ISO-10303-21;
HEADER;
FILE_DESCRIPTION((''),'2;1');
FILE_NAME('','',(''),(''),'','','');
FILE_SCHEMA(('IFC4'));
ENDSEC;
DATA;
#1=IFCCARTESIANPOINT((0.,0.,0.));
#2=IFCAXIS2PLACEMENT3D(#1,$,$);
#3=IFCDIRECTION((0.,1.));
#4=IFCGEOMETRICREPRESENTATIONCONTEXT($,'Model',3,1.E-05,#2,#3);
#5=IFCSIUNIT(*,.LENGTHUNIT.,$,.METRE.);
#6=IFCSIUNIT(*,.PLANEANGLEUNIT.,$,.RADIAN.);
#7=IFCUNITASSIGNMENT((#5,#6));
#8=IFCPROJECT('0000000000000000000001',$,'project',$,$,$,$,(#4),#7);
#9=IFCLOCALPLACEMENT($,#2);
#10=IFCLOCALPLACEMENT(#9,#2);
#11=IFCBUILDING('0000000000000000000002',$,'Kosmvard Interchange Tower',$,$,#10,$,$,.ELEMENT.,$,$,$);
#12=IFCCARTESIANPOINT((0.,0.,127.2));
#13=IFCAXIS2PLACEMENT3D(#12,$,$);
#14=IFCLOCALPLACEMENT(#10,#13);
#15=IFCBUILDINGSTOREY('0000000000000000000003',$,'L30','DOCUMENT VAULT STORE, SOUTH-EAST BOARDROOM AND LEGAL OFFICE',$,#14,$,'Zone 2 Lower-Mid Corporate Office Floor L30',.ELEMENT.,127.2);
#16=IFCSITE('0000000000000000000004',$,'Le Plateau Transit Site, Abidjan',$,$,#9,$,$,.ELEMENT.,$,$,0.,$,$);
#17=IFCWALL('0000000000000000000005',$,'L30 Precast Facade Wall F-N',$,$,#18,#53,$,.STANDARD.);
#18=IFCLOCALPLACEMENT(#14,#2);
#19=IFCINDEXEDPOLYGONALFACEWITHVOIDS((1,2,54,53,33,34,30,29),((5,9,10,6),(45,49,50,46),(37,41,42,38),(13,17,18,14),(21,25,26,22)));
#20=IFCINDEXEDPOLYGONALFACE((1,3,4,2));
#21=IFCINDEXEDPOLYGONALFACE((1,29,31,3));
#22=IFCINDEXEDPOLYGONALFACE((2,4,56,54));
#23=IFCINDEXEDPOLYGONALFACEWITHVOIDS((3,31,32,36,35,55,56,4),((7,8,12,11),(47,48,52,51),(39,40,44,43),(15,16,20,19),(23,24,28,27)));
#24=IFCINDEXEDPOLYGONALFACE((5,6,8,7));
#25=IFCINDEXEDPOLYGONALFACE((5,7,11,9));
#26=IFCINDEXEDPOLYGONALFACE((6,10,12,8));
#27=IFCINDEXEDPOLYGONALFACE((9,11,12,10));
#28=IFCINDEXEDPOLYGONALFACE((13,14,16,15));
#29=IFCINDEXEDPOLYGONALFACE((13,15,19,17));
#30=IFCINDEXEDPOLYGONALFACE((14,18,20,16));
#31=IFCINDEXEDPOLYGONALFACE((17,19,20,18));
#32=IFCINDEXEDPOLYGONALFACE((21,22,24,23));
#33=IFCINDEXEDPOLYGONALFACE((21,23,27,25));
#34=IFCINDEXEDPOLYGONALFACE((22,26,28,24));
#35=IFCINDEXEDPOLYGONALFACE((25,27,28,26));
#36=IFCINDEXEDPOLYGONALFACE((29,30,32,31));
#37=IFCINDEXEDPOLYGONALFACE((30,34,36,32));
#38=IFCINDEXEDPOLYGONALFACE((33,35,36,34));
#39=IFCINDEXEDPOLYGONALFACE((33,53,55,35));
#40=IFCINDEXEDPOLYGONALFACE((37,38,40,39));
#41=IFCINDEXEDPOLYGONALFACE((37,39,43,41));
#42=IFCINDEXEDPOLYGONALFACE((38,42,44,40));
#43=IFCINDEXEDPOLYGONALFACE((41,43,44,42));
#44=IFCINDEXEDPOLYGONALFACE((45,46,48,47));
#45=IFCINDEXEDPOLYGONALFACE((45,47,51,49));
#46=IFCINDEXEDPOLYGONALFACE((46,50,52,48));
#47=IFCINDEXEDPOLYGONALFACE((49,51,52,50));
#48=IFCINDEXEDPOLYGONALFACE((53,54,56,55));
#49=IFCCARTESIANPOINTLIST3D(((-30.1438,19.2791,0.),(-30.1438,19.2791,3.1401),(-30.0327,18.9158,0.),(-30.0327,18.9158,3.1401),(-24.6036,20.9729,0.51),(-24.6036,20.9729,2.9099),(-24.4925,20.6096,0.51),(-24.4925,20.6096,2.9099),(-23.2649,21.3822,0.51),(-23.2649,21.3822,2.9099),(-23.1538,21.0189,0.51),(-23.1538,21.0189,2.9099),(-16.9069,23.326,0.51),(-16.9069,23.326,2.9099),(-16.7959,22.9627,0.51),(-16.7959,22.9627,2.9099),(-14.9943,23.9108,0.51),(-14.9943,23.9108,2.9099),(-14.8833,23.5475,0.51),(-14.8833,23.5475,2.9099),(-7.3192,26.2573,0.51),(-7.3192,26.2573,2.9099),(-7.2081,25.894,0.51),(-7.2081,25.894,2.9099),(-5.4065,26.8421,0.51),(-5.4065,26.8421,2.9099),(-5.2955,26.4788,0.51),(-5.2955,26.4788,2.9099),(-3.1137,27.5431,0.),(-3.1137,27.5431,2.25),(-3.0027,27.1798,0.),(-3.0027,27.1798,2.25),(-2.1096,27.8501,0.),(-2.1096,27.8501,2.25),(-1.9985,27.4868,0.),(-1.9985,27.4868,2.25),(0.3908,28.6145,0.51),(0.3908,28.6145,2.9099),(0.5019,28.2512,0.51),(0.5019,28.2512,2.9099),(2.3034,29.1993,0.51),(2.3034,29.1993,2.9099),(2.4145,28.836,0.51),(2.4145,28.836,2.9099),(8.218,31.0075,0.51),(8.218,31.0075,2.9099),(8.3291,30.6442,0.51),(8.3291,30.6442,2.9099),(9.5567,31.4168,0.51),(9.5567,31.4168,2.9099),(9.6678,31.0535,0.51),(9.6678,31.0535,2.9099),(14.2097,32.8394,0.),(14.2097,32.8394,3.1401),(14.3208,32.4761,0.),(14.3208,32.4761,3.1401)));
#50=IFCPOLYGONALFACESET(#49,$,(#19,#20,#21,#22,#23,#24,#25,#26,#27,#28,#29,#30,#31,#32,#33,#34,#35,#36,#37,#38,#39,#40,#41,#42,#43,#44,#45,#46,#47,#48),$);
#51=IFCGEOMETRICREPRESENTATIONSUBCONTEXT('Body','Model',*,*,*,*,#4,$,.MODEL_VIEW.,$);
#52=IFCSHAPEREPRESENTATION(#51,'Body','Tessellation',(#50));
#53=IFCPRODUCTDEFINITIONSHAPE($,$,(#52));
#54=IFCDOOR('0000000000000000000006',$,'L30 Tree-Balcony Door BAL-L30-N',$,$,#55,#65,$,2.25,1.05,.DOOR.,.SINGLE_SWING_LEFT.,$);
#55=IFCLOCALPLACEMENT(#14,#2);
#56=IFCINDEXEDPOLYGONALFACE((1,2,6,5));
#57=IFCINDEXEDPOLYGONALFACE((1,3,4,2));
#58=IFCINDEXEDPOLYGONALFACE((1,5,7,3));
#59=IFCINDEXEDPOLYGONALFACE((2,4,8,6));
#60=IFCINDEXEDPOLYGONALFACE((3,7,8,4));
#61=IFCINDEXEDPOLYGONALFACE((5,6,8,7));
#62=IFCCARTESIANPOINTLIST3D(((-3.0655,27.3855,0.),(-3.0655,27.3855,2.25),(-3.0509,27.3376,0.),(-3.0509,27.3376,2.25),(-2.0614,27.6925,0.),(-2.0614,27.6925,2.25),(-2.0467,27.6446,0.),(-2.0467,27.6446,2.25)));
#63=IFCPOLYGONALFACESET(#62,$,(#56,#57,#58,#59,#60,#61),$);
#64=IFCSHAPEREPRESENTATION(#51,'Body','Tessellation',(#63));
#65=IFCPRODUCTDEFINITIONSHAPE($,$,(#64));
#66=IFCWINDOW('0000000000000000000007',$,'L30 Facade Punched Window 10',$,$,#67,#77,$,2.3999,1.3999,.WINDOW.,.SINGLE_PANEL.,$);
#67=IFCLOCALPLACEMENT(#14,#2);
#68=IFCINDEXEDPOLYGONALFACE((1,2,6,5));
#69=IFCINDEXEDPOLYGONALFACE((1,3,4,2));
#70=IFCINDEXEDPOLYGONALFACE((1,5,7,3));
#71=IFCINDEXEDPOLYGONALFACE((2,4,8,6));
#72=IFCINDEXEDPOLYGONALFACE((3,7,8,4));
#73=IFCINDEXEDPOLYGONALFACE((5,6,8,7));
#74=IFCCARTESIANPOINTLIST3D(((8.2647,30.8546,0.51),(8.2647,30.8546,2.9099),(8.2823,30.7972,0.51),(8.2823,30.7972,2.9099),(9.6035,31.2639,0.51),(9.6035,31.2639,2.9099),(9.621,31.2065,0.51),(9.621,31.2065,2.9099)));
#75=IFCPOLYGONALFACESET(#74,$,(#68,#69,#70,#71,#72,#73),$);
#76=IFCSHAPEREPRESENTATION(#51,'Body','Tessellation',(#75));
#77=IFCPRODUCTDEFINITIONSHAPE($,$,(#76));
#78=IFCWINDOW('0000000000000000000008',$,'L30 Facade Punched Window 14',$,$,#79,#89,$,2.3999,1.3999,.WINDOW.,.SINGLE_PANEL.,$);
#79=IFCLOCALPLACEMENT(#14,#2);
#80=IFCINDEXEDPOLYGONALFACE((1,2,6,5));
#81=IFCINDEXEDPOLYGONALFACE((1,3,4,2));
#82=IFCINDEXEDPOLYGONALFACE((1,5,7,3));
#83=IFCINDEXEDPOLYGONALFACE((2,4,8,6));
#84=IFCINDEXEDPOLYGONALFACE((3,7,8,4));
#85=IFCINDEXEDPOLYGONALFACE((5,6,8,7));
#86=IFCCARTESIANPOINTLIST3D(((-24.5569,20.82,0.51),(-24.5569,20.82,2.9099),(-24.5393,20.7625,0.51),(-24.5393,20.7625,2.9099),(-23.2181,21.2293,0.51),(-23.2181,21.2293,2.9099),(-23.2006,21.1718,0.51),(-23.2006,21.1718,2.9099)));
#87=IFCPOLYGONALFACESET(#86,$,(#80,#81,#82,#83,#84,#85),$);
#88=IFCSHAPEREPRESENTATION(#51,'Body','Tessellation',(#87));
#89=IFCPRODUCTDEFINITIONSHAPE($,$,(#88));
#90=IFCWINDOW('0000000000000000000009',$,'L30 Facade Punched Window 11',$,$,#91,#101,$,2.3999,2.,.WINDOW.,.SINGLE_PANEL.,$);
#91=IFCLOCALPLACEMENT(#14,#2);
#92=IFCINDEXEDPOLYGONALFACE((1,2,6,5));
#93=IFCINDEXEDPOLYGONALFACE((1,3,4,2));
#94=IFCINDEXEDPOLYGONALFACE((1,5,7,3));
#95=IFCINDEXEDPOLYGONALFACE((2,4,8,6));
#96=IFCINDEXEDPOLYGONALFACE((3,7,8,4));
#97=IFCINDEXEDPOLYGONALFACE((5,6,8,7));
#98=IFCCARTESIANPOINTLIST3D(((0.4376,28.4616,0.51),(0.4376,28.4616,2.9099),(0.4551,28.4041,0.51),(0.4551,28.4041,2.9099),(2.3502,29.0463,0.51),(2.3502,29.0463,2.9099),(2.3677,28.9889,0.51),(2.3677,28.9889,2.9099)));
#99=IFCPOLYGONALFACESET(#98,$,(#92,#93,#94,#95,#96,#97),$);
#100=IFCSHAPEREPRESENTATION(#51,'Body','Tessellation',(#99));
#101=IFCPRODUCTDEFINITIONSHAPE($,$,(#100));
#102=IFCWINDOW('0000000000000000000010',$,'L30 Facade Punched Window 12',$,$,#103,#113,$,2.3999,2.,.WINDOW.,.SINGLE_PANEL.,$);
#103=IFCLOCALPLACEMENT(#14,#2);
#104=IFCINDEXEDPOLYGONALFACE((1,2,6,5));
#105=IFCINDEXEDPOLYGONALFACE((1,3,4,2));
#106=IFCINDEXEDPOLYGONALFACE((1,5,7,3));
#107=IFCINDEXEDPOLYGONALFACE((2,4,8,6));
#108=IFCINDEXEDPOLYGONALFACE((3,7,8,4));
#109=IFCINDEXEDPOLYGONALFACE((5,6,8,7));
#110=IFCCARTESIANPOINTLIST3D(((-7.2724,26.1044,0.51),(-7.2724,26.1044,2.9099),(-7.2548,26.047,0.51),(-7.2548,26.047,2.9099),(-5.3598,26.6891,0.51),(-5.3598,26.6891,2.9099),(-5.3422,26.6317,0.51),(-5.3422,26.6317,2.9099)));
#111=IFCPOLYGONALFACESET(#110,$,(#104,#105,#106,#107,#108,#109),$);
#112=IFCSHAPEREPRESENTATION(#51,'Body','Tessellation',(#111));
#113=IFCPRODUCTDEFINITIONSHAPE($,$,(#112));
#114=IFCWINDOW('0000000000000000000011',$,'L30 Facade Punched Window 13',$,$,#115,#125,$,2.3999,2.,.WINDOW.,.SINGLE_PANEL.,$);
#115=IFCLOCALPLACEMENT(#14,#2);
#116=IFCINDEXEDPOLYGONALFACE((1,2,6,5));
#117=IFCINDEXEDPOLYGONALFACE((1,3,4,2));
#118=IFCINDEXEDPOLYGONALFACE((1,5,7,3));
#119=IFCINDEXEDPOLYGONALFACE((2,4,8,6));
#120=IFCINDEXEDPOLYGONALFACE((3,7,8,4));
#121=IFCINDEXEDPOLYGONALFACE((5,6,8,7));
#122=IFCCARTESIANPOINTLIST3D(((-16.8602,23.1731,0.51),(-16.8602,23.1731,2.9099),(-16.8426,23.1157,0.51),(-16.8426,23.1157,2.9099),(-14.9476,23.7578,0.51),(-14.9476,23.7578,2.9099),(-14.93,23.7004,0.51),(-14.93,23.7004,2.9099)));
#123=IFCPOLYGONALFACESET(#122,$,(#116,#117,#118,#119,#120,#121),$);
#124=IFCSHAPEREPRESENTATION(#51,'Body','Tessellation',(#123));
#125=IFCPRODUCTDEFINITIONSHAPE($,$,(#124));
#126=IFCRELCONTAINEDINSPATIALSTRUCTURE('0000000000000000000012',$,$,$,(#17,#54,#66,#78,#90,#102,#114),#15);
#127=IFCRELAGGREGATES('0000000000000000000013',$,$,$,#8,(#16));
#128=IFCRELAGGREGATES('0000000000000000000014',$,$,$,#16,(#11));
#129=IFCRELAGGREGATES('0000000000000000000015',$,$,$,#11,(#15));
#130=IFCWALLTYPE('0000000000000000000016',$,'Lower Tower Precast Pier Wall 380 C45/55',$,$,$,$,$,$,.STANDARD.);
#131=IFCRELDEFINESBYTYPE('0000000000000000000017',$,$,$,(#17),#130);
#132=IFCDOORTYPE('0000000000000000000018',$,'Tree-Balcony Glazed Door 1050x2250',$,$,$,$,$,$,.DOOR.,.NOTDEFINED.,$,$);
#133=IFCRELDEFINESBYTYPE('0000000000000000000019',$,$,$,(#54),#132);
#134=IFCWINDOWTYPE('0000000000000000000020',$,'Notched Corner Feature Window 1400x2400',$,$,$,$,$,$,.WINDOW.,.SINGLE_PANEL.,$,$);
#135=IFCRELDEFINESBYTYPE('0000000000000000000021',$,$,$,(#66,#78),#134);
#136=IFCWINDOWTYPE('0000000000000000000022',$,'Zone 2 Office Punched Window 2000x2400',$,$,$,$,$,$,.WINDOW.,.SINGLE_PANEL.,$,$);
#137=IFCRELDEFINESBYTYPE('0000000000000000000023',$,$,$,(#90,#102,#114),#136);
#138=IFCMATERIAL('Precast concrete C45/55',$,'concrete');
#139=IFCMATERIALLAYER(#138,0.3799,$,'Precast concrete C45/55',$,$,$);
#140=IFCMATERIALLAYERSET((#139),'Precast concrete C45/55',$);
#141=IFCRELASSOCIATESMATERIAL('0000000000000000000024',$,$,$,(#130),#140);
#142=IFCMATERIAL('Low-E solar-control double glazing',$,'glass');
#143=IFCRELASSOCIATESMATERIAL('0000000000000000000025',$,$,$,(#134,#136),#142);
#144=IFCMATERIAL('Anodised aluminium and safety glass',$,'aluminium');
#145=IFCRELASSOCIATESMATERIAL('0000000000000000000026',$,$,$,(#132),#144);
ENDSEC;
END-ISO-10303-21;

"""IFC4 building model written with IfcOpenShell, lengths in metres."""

from ifc_helpers import new_model, si_unit, direction, frame, frame_2d, origin, place, context, subcontext, project, spatial, rectangle, extrude, source, transform, mapped, material, layer, layer_set, type_object, element, fill, save


model = new_model("IFC4")

# Units and contexts
model_context = context("Model", 3, precision=1e-05, world=origin(), true_north=direction((0.0, 1.0)))
body_context = subcontext(model_context, "Body", "Model", "MODEL_VIEW")
ifc_project = project(units=[si_unit("LENGTHUNIT", "METRE"), si_unit("PLANEANGLEUNIT", "RADIAN")], contexts=[model_context])

# Site, building, storey
site_placement = place(None, origin())
site = spatial("IfcSite", under=ifc_project, at=site_placement, Name="Le Plateau Transit Site, Abidjan", CompositionType="ELEMENT", RefElevation=0.0)
building_placement = place(site_placement, origin())
building = spatial("IfcBuilding", under=site, at=building_placement, Name="Kosmvard Interchange Tower", CompositionType="ELEMENT")
storey_placement = place(building_placement, frame((0.0, 0.0, 127.2)))
storey = spatial("IfcBuildingStorey", under=building, at=storey_placement, Name="L30", Description="DOCUMENT VAULT STORE, SOUTH-EAST BOARDROOM AND LEGAL OFFICE", LongName="Zone 2 Lower-Mid Corporate Office Floor L30", CompositionType="ELEMENT", Elevation=127.2)

# Shared definitions
ifc_material_1 = material(Name="Precast concrete C45/55", Category="concrete")

# Shared definitions
ifc_layer_1 = layer(ifc_material_1, 0.3799, Name="Precast concrete C45/55")
ifc_layer_set_1 = layer_set([ifc_layer_1], Name="Precast concrete C45/55")
wall_type_1 = type_object("IfcWallType", Name="Lower Tower Precast Pier Wall 380 C45/55", PredefinedType="STANDARD", material=ifc_layer_set_1)

# Shared definitions
ifc_material_2 = material(Name="Low-E solar-control double glazing", Category="glass")
window_type_1 = type_object("IfcWindowType", Name="Notched Corner Feature Window 1400x2400", PartitioningType="SINGLE_PANEL", PredefinedType="WINDOW", material=ifc_material_2)
shared_shape_1 = source(origin(), body_context, "Body", "SweptSolid", [
    extrude(rectangle(XDim=1.3999, YDim=2.3999, at=frame_2d((0.7, 1.2))), frame((0.0, 0.03, 0.0), z_axis=(0.0, -1.0, 0.0), x_axis=(1.0, 0.0, 0.0)), (0.0, 0.0, 1.0), 0.0601),
])

# Wall, openings, door, windows
wall_1_placement = place(storey_placement, frame((14.2651, 32.6577, 0.0), z_axis=(0.0, 0.0, 1.0), x_axis=(-0.956304, -0.292373, 0.0)))
wall_1 = element("IfcWall", 1, at=wall_1_placement, inside=storey, type_object=wall_type_1, Name="L30 Precast Facade Wall F-N", PredefinedType="STANDARD", context=body_context, shape_type="SweptSolid", body=[
    extrude(rectangle(XDim=46.3801, YDim=0.3799, at=frame_2d((23.1899, 0.0))), origin(), (0.0, 0.0, 1.0), 3.1401),
])
opening_1_placement = place(wall_1_placement, frame((17.0649, 0.0, 0.0)))
opening_1 = element("IfcOpeningElement", 2, at=opening_1_placement, cuts=wall_1, PredefinedType="OPENING", context=body_context, shape_type="SweptSolid", body=[
    extrude(rectangle(XDim=1.05, YDim=2.25, at=frame_2d((0.5249, 1.125))), frame((0.0, 0.2, 0.0), z_axis=(0.0, -1.0, 0.0), x_axis=(1.0, 0.0, 0.0)), (0.0, 0.0, 1.0), 0.3999),
])
opening_2_placement = place(wall_1_placement, frame((4.8655, 0.0, 0.51)))
opening_2 = element("IfcOpeningElement", 3, at=opening_2_placement, cuts=wall_1, PredefinedType="OPENING", context=body_context, shape_type="SweptSolid", body=[
    extrude(rectangle(XDim=1.3999, YDim=2.3999, at=frame_2d((0.7, 1.2))), frame((0.0, 0.2, 0.0), z_axis=(0.0, -1.0, 0.0), x_axis=(1.0, 0.0, 0.0)), (0.0, 0.0, 1.0), 0.3999),
])
opening_3_placement = place(wall_1_placement, frame((12.4502, 0.0, 0.51)))
opening_3 = element("IfcOpeningElement", 4, at=opening_3_placement, cuts=wall_1, PredefinedType="OPENING", context=body_context, shape_type="SweptSolid", body=[
    extrude(rectangle(XDim=2.0, YDim=2.3999, at=frame_2d((1.0, 1.2))), frame((0.0, 0.2, 0.0), z_axis=(0.0, -1.0, 0.0), x_axis=(1.0, 0.0, 0.0)), (0.0, 0.0, 1.0), 0.3999),
])
opening_4_placement = place(wall_1_placement, frame((20.5125, 0.0, 0.51)))
opening_4 = element("IfcOpeningElement", 5, at=opening_4_placement, cuts=wall_1, PredefinedType="OPENING", context=body_context, shape_type="SweptSolid", body=[
    extrude(rectangle(XDim=2.0, YDim=2.3999, at=frame_2d((1.0, 1.2))), frame((0.0, 0.2, 0.0), z_axis=(0.0, -1.0, 0.0), x_axis=(1.0, 0.0, 0.0)), (0.0, 0.0, 1.0), 0.3999),
])
opening_5_placement = place(wall_1_placement, frame((30.5383, 0.0, 0.51)))
opening_5 = element("IfcOpeningElement", 6, at=opening_5_placement, cuts=wall_1, PredefinedType="OPENING", context=body_context, shape_type="SweptSolid", body=[
    extrude(rectangle(XDim=2.0, YDim=2.3999, at=frame_2d((1.0, 1.2))), frame((0.0, 0.2, 0.0), z_axis=(0.0, -1.0, 0.0), x_axis=(1.0, 0.0, 0.0)), (0.0, 0.0, 1.0), 0.3999),
])
opening_6_placement = place(wall_1_placement, frame((39.1868, 0.0, 0.51)))
opening_6 = element("IfcOpeningElement", 7, at=opening_6_placement, cuts=wall_1, PredefinedType="OPENING", context=body_context, shape_type="SweptSolid", body=[
    extrude(rectangle(XDim=1.3999, YDim=2.3999, at=frame_2d((0.7, 1.2))), frame((0.0, 0.2, 0.0), z_axis=(0.0, -1.0, 0.0), x_axis=(1.0, 0.0, 0.0)), (0.0, 0.0, 1.0), 0.3999),
])
ifc_material_3 = material(Name="Anodised aluminium and safety glass", Category="aluminium")
door_type = type_object("IfcDoorType", Name="Tree-Balcony Glazed Door 1050x2250", OperationType="NOTDEFINED", PredefinedType="DOOR", material=ifc_material_3)
shared_shape_2 = source(origin(), body_context, "Body", "SweptSolid", [
    extrude(rectangle(XDim=1.05, YDim=2.25, at=frame_2d((0.5249, 1.125))), frame((0.0, 0.0249, 0.0), z_axis=(0.0, -1.0, 0.0), x_axis=(1.0, 0.0, 0.0)), (0.0, 0.0, 1.0), 0.05),
])
door_placement = place(opening_1_placement, origin())
door = element("IfcDoor", 8, at=door_placement, inside=storey, type_object=door_type, Name="L30 Tree-Balcony Door BAL-L30-N", OperationType="SINGLE_SWING_LEFT", OverallHeight=2.25, OverallWidth=1.05, PredefinedType="DOOR", context=body_context, shape_type="MappedRepresentation", body=[
    mapped(shared_shape_2, transform((0.0, 0.0, 0.0), scale=1.0)),
])
fill(opening_1, door)
window_1_placement = place(opening_2_placement, origin())
window_1 = element("IfcWindow", 9, at=window_1_placement, inside=storey, type_object=window_type_1, Name="L30 Facade Punched Window 10", OverallHeight=2.3999, OverallWidth=1.3999, PartitioningType="SINGLE_PANEL", PredefinedType="WINDOW", context=body_context, shape_type="MappedRepresentation", body=[
    mapped(shared_shape_1, transform((0.0, 0.0, 0.0), scale=1.0)),
])
fill(opening_2, window_1)
window_2_placement = place(opening_6_placement, origin())
window_2 = element("IfcWindow", 10, at=window_2_placement, inside=storey, type_object=window_type_1, Name="L30 Facade Punched Window 14", OverallHeight=2.3999, OverallWidth=1.3999, PartitioningType="SINGLE_PANEL", PredefinedType="WINDOW", context=body_context, shape_type="MappedRepresentation", body=[
    mapped(shared_shape_1, transform((0.0, 0.0, 0.0), scale=1.0)),
])
fill(opening_6, window_2)
window_type_2 = type_object("IfcWindowType", Name="Zone 2 Office Punched Window 2000x2400", PartitioningType="SINGLE_PANEL", PredefinedType="WINDOW", material=ifc_material_2)
shared_shape_3 = source(origin(), body_context, "Body", "SweptSolid", [
    extrude(rectangle(XDim=2.0, YDim=2.3999, at=frame_2d((1.0, 1.2))), frame((0.0, 0.03, 0.0), z_axis=(0.0, -1.0, 0.0), x_axis=(1.0, 0.0, 0.0)), (0.0, 0.0, 1.0), 0.0601),
])
window_3_placement = place(opening_3_placement, origin())
window_3 = element("IfcWindow", 11, at=window_3_placement, inside=storey, type_object=window_type_2, Name="L30 Facade Punched Window 11", OverallHeight=2.3999, OverallWidth=2.0, PartitioningType="SINGLE_PANEL", PredefinedType="WINDOW", context=body_context, shape_type="MappedRepresentation", body=[
    mapped(shared_shape_3, transform((0.0, 0.0, 0.0), scale=1.0)),
])
fill(opening_3, window_3)
window_4_placement = place(opening_4_placement, origin())
window_4 = element("IfcWindow", 12, at=window_4_placement, inside=storey, type_object=window_type_2, Name="L30 Facade Punched Window 12", OverallHeight=2.3999, OverallWidth=2.0, PartitioningType="SINGLE_PANEL", PredefinedType="WINDOW", context=body_context, shape_type="MappedRepresentation", body=[
    mapped(shared_shape_3, transform((0.0, 0.0, 0.0), scale=1.0)),
])
fill(opening_4, window_4)
window_5_placement = place(opening_5_placement, origin())
window_5 = element("IfcWindow", 13, at=window_5_placement, inside=storey, type_object=window_type_2, Name="L30 Facade Punched Window 13", OverallHeight=2.3999, OverallWidth=2.0, PartitioningType="SINGLE_PANEL", PredefinedType="WINDOW", context=body_context, shape_type="MappedRepresentation", body=[
    mapped(shared_shape_3, transform((0.0, 0.0, 0.0), scale=1.0)),
])
fill(opening_5, window_5)

save(model, "model.ifc")
